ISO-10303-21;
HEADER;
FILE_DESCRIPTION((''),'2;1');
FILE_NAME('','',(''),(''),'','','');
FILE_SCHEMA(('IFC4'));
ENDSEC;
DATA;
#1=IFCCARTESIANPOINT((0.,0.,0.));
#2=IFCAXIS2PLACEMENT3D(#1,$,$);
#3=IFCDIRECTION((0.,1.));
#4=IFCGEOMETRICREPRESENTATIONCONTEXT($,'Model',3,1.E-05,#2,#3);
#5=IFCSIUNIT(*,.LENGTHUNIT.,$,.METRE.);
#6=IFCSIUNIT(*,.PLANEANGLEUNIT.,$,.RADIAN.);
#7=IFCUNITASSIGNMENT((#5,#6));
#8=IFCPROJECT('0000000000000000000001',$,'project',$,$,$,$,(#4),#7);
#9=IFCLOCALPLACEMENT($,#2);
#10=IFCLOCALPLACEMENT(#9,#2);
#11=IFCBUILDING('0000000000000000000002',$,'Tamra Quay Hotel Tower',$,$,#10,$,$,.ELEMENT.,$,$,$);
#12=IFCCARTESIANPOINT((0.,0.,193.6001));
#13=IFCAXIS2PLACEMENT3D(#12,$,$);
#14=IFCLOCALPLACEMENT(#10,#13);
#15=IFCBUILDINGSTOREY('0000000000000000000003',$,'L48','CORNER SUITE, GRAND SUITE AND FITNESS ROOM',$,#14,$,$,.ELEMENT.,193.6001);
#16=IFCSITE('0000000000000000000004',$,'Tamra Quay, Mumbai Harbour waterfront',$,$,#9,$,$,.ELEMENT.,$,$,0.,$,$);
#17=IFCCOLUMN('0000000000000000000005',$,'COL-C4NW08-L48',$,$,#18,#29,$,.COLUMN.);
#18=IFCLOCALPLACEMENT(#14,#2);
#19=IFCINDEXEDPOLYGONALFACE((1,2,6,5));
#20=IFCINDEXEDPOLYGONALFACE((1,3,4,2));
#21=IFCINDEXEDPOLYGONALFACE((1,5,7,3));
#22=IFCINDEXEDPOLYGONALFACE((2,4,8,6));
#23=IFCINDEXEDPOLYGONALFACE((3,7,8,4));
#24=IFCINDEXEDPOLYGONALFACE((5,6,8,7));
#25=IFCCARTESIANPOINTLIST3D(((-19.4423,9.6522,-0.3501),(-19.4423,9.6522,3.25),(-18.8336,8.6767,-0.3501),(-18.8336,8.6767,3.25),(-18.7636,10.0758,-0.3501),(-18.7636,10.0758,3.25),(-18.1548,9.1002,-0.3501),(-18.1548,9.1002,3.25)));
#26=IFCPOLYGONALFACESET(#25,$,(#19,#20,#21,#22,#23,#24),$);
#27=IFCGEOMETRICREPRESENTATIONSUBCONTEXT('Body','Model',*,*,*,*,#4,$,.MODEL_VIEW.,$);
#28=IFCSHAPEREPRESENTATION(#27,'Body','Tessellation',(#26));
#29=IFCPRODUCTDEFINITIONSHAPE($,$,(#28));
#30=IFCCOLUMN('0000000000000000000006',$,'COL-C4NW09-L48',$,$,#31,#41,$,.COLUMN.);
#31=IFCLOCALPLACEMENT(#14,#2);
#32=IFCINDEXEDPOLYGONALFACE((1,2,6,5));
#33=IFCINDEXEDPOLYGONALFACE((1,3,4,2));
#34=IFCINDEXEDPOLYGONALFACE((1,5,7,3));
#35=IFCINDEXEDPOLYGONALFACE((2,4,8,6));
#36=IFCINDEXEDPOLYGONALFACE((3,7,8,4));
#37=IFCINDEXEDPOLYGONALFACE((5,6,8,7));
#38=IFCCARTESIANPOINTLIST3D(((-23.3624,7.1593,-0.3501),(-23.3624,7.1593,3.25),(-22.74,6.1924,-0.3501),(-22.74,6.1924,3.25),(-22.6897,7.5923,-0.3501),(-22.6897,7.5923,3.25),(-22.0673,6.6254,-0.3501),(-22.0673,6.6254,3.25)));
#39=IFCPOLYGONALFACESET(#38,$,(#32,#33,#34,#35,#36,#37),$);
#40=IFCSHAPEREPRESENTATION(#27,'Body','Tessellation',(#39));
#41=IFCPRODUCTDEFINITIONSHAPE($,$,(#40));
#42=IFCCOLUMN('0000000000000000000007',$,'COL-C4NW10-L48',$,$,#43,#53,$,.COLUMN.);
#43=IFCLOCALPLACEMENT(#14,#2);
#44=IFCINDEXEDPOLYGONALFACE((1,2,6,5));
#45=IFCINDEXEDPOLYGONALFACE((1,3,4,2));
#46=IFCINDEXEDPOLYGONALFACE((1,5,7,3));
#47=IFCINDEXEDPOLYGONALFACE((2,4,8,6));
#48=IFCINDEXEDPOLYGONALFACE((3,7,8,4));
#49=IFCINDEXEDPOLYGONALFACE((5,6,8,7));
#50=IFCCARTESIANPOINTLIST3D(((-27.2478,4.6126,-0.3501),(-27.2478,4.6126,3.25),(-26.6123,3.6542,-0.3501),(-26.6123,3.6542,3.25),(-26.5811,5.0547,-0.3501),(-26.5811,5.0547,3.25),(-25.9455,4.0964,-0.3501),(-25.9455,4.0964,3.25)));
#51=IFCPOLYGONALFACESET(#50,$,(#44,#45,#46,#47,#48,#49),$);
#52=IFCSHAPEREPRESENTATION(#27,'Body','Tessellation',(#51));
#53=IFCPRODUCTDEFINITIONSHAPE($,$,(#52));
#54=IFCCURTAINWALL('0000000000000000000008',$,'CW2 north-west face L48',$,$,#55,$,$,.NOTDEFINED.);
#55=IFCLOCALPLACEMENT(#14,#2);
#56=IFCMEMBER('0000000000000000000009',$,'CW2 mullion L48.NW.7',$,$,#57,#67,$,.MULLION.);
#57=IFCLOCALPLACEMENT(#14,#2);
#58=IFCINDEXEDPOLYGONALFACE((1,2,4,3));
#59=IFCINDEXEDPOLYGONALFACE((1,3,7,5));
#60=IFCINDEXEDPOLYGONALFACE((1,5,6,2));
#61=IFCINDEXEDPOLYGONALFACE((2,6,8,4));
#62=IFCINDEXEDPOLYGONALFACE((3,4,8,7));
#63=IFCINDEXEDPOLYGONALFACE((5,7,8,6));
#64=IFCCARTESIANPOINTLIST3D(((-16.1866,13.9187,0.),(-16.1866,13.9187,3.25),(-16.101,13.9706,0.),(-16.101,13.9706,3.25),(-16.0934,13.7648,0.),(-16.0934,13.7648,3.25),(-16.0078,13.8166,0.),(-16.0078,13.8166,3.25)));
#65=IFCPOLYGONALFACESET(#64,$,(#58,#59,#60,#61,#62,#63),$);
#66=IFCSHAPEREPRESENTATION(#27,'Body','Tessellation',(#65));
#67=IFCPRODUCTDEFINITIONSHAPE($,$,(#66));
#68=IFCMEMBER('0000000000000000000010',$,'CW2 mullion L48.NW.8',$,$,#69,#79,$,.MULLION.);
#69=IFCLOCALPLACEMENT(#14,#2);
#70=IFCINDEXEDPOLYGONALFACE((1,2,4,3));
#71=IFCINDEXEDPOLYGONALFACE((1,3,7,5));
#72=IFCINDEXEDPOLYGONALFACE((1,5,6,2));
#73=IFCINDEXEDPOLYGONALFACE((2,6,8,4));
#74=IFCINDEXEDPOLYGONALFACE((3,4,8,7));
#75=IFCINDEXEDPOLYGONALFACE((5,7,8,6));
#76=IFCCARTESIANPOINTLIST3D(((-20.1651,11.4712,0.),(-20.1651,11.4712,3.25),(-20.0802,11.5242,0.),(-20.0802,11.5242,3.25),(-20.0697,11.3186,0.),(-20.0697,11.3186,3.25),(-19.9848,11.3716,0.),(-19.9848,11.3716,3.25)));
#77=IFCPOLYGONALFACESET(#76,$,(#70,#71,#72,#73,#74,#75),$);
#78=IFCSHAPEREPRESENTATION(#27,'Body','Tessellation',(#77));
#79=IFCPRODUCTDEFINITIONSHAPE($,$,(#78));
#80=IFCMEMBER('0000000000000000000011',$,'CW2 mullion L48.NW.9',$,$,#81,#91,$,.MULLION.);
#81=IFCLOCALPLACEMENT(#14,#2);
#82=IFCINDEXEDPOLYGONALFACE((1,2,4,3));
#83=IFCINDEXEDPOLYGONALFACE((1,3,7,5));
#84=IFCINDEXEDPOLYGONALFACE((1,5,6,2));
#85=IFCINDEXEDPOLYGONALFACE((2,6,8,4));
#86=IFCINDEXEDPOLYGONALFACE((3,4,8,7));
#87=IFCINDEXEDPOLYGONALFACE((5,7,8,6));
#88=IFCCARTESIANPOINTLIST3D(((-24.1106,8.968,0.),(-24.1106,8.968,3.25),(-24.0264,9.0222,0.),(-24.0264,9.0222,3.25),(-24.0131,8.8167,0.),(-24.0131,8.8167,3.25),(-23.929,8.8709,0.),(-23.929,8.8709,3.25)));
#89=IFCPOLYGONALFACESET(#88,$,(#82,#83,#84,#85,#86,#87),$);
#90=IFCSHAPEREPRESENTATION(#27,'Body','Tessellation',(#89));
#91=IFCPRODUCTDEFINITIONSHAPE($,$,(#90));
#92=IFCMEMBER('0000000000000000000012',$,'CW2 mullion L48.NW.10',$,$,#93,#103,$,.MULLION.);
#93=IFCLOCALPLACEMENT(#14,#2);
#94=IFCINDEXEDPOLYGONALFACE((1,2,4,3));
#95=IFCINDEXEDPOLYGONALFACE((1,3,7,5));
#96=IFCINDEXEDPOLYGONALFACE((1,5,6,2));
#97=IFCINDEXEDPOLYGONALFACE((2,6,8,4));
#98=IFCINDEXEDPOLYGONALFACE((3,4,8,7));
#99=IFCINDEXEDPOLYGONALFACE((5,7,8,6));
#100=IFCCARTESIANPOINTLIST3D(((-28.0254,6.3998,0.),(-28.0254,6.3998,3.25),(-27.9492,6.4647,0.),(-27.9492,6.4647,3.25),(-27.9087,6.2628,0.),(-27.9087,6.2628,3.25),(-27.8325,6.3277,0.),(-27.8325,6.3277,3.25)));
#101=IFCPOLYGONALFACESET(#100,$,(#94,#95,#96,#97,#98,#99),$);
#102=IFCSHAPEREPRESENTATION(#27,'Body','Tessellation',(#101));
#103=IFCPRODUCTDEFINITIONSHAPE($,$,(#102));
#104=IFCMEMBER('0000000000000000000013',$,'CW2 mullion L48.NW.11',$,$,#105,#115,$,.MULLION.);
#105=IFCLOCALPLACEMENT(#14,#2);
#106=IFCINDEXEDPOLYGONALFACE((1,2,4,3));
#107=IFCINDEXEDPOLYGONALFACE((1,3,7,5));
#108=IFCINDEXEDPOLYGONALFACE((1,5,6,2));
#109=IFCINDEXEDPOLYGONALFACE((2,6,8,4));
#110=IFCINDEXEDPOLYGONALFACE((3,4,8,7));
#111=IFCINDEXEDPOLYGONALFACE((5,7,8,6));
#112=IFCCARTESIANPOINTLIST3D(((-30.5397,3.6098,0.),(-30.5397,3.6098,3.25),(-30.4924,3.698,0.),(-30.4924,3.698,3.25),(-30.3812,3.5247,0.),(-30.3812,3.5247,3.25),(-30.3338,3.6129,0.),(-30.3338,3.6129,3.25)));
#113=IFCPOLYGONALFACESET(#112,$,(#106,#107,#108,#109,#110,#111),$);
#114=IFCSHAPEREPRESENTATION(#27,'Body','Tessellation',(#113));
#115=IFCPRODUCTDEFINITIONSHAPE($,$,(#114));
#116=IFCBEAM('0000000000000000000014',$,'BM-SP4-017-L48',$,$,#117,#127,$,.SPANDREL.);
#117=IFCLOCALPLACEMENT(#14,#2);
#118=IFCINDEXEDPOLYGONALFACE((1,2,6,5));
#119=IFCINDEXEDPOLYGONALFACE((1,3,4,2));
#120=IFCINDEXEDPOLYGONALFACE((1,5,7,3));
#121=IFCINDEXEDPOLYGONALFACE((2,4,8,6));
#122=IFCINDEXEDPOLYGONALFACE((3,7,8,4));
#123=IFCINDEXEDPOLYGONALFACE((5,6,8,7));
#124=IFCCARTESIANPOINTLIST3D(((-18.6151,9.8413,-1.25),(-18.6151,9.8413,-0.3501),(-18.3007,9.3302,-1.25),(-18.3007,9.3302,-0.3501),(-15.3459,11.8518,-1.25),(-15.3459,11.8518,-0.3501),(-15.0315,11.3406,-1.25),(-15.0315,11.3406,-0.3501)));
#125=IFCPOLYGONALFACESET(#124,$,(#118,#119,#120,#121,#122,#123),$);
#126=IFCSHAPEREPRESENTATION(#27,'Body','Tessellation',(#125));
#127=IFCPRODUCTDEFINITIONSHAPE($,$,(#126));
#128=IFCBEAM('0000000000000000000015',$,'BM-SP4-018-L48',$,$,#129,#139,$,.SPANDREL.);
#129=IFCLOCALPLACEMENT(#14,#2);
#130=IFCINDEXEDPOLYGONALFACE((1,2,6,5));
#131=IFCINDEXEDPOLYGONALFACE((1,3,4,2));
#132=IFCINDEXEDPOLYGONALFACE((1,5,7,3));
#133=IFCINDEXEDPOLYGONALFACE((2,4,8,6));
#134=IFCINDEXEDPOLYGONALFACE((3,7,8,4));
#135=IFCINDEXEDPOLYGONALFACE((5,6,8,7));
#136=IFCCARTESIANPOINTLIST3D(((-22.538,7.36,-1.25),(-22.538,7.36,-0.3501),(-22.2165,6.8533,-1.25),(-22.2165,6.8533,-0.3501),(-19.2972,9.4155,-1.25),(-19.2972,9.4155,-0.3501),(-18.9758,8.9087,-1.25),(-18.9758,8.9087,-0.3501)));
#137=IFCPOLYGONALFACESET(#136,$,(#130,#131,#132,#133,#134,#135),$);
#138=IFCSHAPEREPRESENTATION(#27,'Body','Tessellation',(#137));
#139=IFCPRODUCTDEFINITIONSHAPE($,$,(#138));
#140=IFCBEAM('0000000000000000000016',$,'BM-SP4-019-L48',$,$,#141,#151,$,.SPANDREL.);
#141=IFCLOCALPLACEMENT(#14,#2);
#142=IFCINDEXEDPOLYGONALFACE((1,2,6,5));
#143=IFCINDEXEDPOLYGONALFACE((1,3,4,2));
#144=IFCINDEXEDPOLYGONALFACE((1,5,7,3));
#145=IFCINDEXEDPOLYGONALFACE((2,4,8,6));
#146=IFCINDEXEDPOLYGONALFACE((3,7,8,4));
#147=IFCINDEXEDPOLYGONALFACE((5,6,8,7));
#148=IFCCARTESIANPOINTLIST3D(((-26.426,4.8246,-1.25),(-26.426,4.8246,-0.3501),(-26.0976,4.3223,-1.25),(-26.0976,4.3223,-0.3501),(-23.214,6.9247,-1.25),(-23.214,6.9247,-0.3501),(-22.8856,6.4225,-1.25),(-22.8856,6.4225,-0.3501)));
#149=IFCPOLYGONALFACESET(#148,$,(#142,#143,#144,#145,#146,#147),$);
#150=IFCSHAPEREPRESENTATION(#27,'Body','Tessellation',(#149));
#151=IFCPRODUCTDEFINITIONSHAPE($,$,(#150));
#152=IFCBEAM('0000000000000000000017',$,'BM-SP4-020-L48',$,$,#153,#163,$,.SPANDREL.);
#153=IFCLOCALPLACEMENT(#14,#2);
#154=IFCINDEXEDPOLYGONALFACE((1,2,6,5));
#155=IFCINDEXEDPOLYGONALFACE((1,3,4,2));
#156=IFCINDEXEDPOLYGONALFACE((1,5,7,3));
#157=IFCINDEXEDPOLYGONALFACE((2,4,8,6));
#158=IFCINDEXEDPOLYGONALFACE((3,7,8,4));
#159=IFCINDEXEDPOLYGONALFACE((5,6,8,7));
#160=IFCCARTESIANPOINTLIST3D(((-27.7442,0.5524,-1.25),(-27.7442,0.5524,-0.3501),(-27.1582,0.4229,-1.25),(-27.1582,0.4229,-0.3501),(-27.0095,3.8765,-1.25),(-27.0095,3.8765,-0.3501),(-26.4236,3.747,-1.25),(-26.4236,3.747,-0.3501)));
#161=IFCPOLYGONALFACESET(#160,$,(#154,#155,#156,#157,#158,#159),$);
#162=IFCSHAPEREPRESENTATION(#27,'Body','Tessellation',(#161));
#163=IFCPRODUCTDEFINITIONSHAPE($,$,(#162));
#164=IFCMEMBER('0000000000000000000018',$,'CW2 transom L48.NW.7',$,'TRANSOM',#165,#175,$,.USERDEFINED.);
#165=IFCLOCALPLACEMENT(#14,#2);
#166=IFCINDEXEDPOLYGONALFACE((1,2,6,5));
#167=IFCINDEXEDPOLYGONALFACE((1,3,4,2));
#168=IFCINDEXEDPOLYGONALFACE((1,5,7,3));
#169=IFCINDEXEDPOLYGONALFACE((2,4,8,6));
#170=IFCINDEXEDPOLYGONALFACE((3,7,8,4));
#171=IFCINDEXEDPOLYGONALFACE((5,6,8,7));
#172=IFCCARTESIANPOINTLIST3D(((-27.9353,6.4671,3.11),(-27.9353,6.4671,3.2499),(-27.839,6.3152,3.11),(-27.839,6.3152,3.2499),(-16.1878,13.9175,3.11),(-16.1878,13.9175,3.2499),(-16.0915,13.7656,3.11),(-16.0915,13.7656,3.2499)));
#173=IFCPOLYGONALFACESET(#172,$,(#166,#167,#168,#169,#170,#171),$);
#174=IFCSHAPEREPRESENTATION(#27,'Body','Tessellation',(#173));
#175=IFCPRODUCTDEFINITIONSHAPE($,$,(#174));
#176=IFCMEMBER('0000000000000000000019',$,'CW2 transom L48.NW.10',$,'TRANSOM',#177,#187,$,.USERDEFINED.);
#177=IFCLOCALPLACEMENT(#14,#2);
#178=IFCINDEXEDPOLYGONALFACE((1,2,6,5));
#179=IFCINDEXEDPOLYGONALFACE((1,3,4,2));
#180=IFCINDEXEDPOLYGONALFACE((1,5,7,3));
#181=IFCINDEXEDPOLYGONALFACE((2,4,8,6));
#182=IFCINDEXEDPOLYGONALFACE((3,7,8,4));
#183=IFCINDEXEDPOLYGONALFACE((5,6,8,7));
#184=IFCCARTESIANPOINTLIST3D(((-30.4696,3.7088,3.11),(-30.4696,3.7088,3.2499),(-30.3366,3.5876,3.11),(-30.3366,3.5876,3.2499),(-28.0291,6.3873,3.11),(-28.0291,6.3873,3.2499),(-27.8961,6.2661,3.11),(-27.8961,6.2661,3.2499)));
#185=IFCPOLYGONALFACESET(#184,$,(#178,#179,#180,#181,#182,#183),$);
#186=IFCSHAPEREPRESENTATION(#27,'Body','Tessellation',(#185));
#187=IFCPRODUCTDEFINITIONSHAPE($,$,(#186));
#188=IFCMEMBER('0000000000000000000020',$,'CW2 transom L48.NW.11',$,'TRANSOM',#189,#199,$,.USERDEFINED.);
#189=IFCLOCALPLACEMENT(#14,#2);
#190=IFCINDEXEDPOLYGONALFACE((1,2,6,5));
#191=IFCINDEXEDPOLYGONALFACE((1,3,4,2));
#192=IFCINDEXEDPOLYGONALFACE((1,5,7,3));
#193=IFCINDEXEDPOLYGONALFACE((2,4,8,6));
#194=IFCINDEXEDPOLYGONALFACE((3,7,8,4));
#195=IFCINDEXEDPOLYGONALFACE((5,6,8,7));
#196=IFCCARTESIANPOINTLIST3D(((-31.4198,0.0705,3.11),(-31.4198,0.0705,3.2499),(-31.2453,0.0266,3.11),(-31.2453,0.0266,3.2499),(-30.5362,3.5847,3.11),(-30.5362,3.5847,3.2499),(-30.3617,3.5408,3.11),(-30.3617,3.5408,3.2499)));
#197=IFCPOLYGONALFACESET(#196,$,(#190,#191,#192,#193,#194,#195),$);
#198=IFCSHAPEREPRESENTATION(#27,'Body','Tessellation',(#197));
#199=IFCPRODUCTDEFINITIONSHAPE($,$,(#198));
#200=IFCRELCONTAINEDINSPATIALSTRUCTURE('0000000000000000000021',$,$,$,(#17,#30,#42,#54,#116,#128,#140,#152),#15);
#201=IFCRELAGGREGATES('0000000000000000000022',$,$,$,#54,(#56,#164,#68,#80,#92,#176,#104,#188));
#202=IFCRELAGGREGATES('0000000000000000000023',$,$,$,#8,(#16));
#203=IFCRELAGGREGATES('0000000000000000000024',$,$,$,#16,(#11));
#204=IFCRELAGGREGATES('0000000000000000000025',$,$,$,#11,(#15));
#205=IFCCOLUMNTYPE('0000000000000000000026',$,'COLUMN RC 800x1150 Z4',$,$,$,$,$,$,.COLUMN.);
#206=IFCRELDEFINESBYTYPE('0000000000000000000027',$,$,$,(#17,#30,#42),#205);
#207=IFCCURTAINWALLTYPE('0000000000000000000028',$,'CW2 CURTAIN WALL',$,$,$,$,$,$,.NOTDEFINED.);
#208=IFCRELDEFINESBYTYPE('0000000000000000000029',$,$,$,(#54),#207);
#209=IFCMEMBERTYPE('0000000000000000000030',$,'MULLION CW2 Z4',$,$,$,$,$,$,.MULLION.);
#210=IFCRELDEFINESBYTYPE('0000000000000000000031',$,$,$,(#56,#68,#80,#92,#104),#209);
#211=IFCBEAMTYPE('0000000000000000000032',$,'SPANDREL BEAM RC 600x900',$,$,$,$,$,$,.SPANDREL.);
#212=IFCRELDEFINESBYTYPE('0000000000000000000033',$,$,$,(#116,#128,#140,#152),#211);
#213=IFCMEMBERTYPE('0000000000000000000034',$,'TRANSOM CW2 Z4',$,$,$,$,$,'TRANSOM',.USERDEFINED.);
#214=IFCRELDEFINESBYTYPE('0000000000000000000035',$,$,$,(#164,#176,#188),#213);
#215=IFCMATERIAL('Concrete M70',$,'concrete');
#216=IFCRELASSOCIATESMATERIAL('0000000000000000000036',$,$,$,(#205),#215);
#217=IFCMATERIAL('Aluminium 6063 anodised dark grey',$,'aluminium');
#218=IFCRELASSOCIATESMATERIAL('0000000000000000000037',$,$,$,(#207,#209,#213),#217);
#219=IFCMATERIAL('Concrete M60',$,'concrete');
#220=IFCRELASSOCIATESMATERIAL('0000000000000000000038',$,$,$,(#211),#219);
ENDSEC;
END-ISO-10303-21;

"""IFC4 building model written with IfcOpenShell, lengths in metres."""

from ifc_helpers import new_model, si_unit, direction, frame, origin, origin_2d, place, context, subcontext, project, spatial, rectangle, extrude, material, material_profile, profile_set, type_object, element, aggregate, save


model = new_model("IFC4")

# Units and contexts
model_context = context("Model", 3, precision=1e-05, world=origin(), true_north=direction((0.0, 1.0)))
body_context = subcontext(model_context, "Body", "Model", "MODEL_VIEW")
ifc_project = project(units=[si_unit("LENGTHUNIT", "METRE"), si_unit("PLANEANGLEUNIT", "RADIAN")], contexts=[model_context])

# Site, building, storey
site_placement = place(None, origin())
site = spatial("IfcSite", under=ifc_project, at=site_placement, Name="Tamra Quay, Mumbai Harbour waterfront", CompositionType="ELEMENT", RefElevation=0.0)
building_placement = place(site_placement, origin())
building = spatial("IfcBuilding", under=site, at=building_placement, Name="Tamra Quay Hotel Tower", CompositionType="ELEMENT")
storey_placement = place(building_placement, frame((0.0, 0.0, 193.6001)))
storey = spatial("IfcBuildingStorey", under=building, at=storey_placement, Name="L48", Description="CORNER SUITE, GRAND SUITE AND FITNESS ROOM", CompositionType="ELEMENT", Elevation=193.6001)

# Columns
ifc_material_1 = material(Name="Concrete M70", Category="concrete")
ifc_material_profile_1 = material_profile(ifc_material_1, rectangle(XDim=1.1499, YDim=0.8, at=origin_2d()), Name="COLUMN RC 800x1150 Z4")
ifc_profile_set_1 = profile_set([ifc_material_profile_1], Name="Concrete M70")
column_type = type_object("IfcColumnType", Name="COLUMN RC 800x1150 Z4", PredefinedType="COLUMN", material=ifc_profile_set_1)
for number, where, z_axis, x_axis, name in (
    (1, (-18.7986, 9.3762, -0.3501), (0.0, 0.0, 1.0), (-0.52941, 0.848366, 0.0), "COL-C4NW08-L48"),
    (2, (-22.7148, 6.8923, -0.3501), (0.0, 0.0, 1.0), (-0.541283, 0.840841, 0.0), "COL-C4NW09-L48"),
    (3, (-26.5967, 4.3545, -0.3501), (0.0, 0.0, 1.0), (-0.552666, 0.833403, 0.0), "COL-C4NW10-L48"),
):
    element("IfcColumn", number, at=place(storey_placement, frame(where, z_axis=z_axis, x_axis=x_axis)), inside=storey, type_object=column_type, Name=name, PredefinedType="COLUMN", context=body_context, shape_type="SweptSolid", body=[
        extrude(rectangle(XDim=1.1499, YDim=0.8, at=origin_2d()), origin(), (0.0, 0.0, 1.0), 3.6001),
    ])

# Curtain wall, members
ifc_material_2 = material(Name="Aluminium 6063 anodised dark grey", Category="aluminium")
curtain_wall_type = type_object("IfcCurtainWallType", Name="CW2 CURTAIN WALL", PredefinedType="NOTDEFINED", material=ifc_material_2)
curtain_wall_placement = place(storey_placement, origin())
curtain_wall = element("IfcCurtainWall", 4, at=curtain_wall_placement, inside=storey, type_object=curtain_wall_type, Name="CW2 north-west face L48", PredefinedType="NOTDEFINED")
ifc_material_profile_2 = material_profile(ifc_material_2, rectangle(XDim=0.1799, YDim=0.1001, at=origin_2d()), Name="MULLION 100X180")
ifc_profile_set_2 = profile_set([ifc_material_profile_2], Name="Aluminium 6063 anodised dark grey")
member_type_1 = type_object("IfcMemberType", Name="MULLION CW2 Z4", PredefinedType="MULLION", material=ifc_profile_set_2)
member_1_placement = place(storey_placement, frame((-16.0972, 13.8677, 0.0), z_axis=(0.0, 0.0, 1.0), x_axis=(-0.517923, 0.855427, 0.0)))
member_1 = element("IfcMember", 5, at=member_1_placement, type_object=member_type_1, Name="CW2 mullion L48.NW.7", PredefinedType="MULLION", context=body_context, shape_type="SweptSolid", body=[
    extrude(rectangle(XDim=0.1799, YDim=0.1001, at=origin_2d()), origin(), (0.0, 0.0, 1.0), 3.25),
])
member_2_placement = place(storey_placement, frame((-20.075, 11.4214, 0.0), z_axis=(0.0, 0.0, 1.0), x_axis=(-0.529731, 0.848166, 0.0)))
member_2 = element("IfcMember", 6, at=member_2_placement, type_object=member_type_1, Name="CW2 mullion L48.NW.8", PredefinedType="MULLION", context=body_context, shape_type="SweptSolid", body=[
    extrude(rectangle(XDim=0.1799, YDim=0.1001, at=origin_2d()), origin(), (0.0, 0.0, 1.0), 3.25),
])
member_3_placement = place(storey_placement, frame((-24.0198, 8.9194, 0.0), z_axis=(0.0, 0.0, 1.0), x_axis=(-0.541421, 0.840751, 0.0)))
member_3 = element("IfcMember", 7, at=member_3_placement, type_object=member_type_1, Name="CW2 mullion L48.NW.9", PredefinedType="MULLION", context=body_context, shape_type="SweptSolid", body=[
    extrude(rectangle(XDim=0.1799, YDim=0.1001, at=origin_2d()), origin(), (0.0, 0.0, 1.0), 3.25),
])
member_4_placement = place(storey_placement, frame((-27.929, 6.3638, 0.0), z_axis=(0.0, 0.0, 1.0), x_axis=(-0.648381, 0.761316, 0.0)))
member_4 = element("IfcMember", 8, at=member_4_placement, type_object=member_type_1, Name="CW2 mullion L48.NW.10", PredefinedType="MULLION", context=body_context, shape_type="SweptSolid", body=[
    extrude(rectangle(XDim=0.1799, YDim=0.1001, at=origin_2d()), origin(), (0.0, 0.0, 1.0), 3.25),
])
member_5_placement = place(storey_placement, frame((-30.4368, 3.6113, 0.0), z_axis=(0.0, 0.0, 1.0), x_axis=(-0.881098, 0.472935, 0.0)))
member_5 = element("IfcMember", 9, at=member_5_placement, type_object=member_type_1, Name="CW2 mullion L48.NW.11", PredefinedType="MULLION", context=body_context, shape_type="SweptSolid", body=[
    extrude(rectangle(XDim=0.1799, YDim=0.1001, at=origin_2d()), origin(), (0.0, 0.0, 1.0), 3.25),
])

# Beams
ifc_material_3 = material(Name="Concrete M60", Category="concrete")
ifc_material_profile_3 = material_profile(ifc_material_3, rectangle(XDim=0.6001, YDim=0.8999, at=origin_2d()), Name="SPANDREL BEAM RC 600x900")
ifc_profile_set_3 = profile_set([ifc_material_profile_3], Name="Concrete M60")
beam_type = type_object("IfcBeamType", Name="SPANDREL BEAM RC 600x900", PredefinedType="SPANDREL", material=ifc_profile_set_3)
beam_1_placement = place(storey_placement, frame((-15.1887, 11.5962, -0.8), z_axis=(-0.851818, -0.523838, 0.0), x_axis=(0.523838, -0.851818, 0.0)))
element("IfcBeam", 10, at=beam_1_placement, inside=storey, type_object=beam_type, Name="BM-SP4-017-L48", PredefinedType="SPANDREL", context=body_context, shape_type="SweptSolid", body=[
    extrude(rectangle(XDim=0.6001, YDim=0.8999, at=origin_2d()), origin(), (0.0, 0.0, 1.0), 3.8379),
])
for number, where, z_axis, x_axis, name in (
    (11, (-19.1365, 9.1621, -0.8), (-0.84447, -0.535603, 0.0), (0.535603, -0.84447, 0.0), "BM-SP4-018-L48"),
    (12, (-23.0498, 6.6736, -0.8), (-0.83697, -0.547249, 0.0), (0.547249, -0.83697, 0.0), "BM-SP4-019-L48"),
):
    element("IfcBeam", number, at=place(storey_placement, frame(where, z_axis=z_axis, x_axis=x_axis)), inside=storey, type_object=beam_type, Name=name, PredefinedType="SPANDREL", context=body_context, shape_type="SweptSolid", body=[
        extrude(rectangle(XDim=0.6001, YDim=0.8999, at=origin_2d()), origin(), (0.0, 0.0, 1.0), 3.8376),
    ])
beam_2_placement = place(storey_placement, frame((-26.7166, 3.8118, -0.8), z_axis=(-0.215799, -0.976438, 0.0), x_axis=(0.976438, -0.215799, 0.0)))
element("IfcBeam", 13, at=beam_2_placement, inside=storey, type_object=beam_type, Name="BM-SP4-020-L48", PredefinedType="SPANDREL", context=body_context, shape_type="SweptSolid", body=[
    extrude(rectangle(XDim=0.6001, YDim=0.8999, at=origin_2d()), origin(), (0.0, 0.0, 1.0), 3.4043),
])

# Members
ifc_material_profile_4 = material_profile(ifc_material_2, rectangle(XDim=0.1799, YDim=0.1399, at=origin_2d()), Name="TRANSOM 180X140")
ifc_profile_set_4 = profile_set([ifc_material_profile_4], Name="Aluminium 6063 anodised dark grey")
member_type_2 = type_object("IfcMemberType", Name="TRANSOM CW2 Z4", ElementType="TRANSOM", PredefinedType="USERDEFINED", material=ifc_profile_set_4)
member_6_placement = place(storey_placement, frame((-16.1396, 13.8416, 3.1799), z_axis=(-0.844484, -0.535581, 0.0), x_axis=(0.535581, -0.844484, 0.0)))
member_6 = element("IfcMember", 14, at=member_6_placement, type_object=member_type_2, Name="CW2 transom L48.NW.7", ObjectType="TRANSOM", PredefinedType="USERDEFINED", context=body_context, shape_type="SweptSolid", body=[
    extrude(rectangle(XDim=0.1799, YDim=0.1399, at=origin_2d()), origin(), (0.0, 0.0, 1.0), 13.9109),
])
member_7_placement = place(storey_placement, frame((-27.9626, 6.3267, 3.1799), z_axis=(-0.673497, -0.73919, 0.0), x_axis=(0.73919, -0.673497, 0.0)))
member_7 = element("IfcMember", 15, at=member_7_placement, type_object=member_type_2, Name="CW2 transom L48.NW.10", ObjectType="TRANSOM", PredefinedType="USERDEFINED", context=body_context, shape_type="SweptSolid", body=[
    extrude(rectangle(XDim=0.1799, YDim=0.1399, at=origin_2d()), origin(), (0.0, 0.0, 1.0), 3.6235),
])
member_8_placement = place(storey_placement, frame((-30.449, 3.5627, 3.1799), z_axis=(-0.243835, -0.969817, 0.0), x_axis=(0.969817, -0.243835, 0.0)))
member_8 = element("IfcMember", 16, at=member_8_placement, type_object=member_type_2, Name="CW2 transom L48.NW.11", ObjectType="TRANSOM", PredefinedType="USERDEFINED", context=body_context, shape_type="SweptSolid", body=[
    extrude(rectangle(XDim=0.1799, YDim=0.1399, at=origin_2d()), origin(), (0.0, 0.0, 1.0), 3.6235),
])

aggregate(curtain_wall, [member_1, member_6, member_2, member_3, member_4, member_7, member_5, member_8])

save(model, "model.ifc")
